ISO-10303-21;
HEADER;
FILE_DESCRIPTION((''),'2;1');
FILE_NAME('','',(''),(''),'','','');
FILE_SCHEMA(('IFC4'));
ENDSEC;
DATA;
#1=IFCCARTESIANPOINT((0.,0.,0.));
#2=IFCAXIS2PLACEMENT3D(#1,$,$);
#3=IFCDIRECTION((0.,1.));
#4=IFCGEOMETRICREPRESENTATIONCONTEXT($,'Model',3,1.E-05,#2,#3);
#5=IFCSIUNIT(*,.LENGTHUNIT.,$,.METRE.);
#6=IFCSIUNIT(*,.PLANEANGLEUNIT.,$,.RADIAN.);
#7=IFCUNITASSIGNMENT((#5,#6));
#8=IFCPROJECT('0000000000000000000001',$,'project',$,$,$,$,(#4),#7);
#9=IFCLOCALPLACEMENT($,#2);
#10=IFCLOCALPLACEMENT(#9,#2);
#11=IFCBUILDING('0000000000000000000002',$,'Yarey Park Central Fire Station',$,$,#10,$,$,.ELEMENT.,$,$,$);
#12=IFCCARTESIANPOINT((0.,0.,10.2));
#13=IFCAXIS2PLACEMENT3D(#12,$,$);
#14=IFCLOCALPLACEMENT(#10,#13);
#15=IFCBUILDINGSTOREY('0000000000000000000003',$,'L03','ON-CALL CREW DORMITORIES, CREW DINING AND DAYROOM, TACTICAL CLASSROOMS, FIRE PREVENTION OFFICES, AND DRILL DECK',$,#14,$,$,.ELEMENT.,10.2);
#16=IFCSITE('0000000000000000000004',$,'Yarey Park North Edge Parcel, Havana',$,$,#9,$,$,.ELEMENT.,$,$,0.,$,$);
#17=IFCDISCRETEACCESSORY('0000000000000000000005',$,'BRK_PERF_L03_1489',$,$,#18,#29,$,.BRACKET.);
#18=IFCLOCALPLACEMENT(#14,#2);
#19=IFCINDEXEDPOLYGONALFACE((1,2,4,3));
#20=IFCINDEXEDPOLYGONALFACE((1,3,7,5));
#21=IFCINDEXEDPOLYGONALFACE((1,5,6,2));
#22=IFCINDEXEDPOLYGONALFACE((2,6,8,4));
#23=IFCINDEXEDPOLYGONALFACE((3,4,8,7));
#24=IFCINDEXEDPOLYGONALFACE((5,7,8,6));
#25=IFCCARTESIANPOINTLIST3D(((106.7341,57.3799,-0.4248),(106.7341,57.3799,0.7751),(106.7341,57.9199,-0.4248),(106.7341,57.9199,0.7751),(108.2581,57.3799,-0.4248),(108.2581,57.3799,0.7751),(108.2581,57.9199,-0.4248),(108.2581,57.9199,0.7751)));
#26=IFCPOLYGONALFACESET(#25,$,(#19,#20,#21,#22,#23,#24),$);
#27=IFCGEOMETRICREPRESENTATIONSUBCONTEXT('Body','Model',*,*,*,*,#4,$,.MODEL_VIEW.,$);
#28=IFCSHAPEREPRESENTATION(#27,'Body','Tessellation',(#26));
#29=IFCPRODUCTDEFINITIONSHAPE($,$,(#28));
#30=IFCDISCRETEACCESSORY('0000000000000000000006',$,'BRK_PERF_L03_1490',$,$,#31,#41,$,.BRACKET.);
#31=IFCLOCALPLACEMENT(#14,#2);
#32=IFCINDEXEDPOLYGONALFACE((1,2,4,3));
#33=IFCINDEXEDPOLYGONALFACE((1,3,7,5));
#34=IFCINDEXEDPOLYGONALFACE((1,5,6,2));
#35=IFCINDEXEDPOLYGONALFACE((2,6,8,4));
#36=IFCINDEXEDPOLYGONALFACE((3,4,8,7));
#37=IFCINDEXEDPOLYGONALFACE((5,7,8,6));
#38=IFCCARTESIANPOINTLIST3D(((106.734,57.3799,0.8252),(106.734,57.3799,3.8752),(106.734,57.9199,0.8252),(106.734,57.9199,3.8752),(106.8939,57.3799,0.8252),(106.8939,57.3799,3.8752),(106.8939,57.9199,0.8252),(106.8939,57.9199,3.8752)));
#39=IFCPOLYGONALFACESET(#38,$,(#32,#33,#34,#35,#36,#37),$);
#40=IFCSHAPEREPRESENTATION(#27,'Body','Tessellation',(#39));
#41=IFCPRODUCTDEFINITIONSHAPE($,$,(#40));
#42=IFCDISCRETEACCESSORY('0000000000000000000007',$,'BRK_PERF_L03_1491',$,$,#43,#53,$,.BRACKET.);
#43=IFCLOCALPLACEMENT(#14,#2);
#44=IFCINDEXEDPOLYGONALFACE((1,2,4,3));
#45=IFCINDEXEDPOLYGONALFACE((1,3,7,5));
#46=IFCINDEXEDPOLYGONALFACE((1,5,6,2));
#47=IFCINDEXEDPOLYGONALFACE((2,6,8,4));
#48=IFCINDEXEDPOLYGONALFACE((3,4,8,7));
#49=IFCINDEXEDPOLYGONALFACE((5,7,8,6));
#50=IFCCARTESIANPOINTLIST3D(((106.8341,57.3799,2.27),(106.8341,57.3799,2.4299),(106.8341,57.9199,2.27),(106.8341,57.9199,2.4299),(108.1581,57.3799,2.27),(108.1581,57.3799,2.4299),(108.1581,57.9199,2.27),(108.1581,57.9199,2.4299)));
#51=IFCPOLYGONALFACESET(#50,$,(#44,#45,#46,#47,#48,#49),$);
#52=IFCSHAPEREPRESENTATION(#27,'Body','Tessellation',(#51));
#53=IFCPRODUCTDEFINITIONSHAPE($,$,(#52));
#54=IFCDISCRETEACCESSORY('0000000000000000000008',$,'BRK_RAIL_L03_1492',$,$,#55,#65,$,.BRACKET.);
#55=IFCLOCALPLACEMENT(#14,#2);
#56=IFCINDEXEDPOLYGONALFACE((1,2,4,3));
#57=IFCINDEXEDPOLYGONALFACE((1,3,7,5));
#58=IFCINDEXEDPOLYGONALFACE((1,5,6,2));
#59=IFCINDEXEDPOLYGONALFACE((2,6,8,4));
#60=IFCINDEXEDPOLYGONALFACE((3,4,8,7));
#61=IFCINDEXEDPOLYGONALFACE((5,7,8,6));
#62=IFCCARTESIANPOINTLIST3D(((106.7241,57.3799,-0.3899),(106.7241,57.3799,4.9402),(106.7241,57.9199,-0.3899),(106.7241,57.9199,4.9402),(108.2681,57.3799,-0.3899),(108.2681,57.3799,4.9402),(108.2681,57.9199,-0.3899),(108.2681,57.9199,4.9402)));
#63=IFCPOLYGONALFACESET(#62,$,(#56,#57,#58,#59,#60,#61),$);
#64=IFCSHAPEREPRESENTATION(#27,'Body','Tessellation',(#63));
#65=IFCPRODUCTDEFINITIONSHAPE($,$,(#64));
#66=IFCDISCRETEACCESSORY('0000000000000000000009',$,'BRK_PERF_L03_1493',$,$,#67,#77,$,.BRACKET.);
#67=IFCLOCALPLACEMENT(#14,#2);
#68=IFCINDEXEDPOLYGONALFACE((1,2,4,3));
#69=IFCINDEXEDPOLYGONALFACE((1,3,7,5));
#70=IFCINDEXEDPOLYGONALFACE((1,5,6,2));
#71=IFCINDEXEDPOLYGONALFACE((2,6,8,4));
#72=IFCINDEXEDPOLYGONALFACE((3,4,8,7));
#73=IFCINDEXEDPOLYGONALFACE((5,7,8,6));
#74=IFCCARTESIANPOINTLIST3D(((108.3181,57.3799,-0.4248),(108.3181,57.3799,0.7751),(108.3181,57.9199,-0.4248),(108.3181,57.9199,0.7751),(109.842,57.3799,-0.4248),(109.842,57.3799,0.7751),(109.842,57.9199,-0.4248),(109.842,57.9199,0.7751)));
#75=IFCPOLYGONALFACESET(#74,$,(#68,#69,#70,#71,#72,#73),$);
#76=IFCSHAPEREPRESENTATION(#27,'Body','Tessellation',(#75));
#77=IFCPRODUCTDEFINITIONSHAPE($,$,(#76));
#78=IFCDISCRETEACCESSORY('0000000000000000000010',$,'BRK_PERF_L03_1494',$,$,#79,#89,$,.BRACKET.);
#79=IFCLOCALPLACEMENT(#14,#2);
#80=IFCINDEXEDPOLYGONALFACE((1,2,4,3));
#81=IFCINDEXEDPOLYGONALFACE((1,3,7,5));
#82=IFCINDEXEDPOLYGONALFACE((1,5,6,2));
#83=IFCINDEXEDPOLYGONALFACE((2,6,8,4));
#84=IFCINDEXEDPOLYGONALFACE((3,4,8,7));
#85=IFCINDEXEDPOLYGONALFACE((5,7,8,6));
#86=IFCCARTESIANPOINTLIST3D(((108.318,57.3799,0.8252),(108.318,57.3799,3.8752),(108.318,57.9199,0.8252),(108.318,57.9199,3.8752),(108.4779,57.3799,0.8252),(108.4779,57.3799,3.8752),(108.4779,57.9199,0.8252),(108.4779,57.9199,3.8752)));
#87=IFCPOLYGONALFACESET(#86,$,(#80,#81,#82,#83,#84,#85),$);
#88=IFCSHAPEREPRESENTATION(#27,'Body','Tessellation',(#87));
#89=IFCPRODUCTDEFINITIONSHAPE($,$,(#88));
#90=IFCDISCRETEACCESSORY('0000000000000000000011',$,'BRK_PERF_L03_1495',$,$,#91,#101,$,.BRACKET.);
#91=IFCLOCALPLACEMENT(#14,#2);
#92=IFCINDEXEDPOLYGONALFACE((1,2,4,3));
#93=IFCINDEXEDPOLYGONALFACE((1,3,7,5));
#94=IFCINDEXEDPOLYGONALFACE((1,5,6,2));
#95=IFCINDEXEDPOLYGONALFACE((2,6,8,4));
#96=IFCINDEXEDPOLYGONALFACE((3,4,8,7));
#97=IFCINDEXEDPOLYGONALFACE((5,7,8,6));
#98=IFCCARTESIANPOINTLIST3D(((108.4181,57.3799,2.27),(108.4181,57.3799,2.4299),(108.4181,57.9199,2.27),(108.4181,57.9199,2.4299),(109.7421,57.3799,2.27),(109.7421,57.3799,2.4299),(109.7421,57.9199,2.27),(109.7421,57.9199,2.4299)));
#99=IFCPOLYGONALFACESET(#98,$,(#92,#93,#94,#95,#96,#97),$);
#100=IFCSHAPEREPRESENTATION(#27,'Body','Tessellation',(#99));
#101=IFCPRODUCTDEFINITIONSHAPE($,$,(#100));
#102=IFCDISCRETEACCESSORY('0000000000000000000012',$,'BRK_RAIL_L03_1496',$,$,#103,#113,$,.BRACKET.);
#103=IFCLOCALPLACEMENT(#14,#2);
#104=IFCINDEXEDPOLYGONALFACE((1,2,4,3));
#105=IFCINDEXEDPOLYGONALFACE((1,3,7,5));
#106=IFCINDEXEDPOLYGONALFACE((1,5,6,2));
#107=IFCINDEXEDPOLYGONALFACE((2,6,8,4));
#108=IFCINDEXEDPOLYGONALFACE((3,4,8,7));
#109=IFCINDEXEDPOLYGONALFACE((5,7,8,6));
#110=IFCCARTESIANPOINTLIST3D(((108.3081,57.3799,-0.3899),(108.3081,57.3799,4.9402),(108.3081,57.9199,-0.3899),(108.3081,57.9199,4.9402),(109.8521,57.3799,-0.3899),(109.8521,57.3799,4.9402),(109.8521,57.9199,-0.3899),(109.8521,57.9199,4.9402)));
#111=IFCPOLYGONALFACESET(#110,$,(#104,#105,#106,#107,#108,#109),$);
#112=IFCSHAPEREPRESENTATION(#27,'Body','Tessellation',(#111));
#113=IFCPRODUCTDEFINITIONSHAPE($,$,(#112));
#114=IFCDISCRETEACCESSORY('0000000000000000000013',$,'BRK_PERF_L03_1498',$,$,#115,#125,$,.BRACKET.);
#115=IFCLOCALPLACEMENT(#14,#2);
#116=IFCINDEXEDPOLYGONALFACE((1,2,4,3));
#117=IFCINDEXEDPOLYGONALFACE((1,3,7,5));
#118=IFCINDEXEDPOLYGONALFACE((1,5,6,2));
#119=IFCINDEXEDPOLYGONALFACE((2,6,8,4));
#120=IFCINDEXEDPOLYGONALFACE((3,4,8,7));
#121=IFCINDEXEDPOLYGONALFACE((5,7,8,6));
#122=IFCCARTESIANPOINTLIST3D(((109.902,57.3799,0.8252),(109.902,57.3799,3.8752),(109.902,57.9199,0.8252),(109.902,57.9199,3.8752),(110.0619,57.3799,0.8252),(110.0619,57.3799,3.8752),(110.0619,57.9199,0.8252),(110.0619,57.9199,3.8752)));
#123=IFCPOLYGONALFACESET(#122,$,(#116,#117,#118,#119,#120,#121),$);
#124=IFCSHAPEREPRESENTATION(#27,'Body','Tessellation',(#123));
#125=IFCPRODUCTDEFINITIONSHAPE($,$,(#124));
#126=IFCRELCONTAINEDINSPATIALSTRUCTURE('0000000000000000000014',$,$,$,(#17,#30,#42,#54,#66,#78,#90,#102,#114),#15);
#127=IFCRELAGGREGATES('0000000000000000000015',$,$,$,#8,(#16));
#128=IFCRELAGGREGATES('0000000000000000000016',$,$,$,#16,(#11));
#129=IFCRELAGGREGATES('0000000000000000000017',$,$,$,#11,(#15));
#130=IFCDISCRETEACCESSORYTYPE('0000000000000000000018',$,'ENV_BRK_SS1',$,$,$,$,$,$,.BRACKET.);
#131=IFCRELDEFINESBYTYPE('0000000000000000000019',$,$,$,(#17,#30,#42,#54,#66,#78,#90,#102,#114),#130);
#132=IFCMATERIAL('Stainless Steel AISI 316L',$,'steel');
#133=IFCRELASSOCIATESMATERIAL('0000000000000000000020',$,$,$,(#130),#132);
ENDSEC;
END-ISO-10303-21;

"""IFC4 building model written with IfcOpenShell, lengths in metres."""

from ifc_helpers import new_model, si_unit, direction, frame, origin, origin_2d, place, context, subcontext, project, spatial, rectangle, extrude, material, type_object, element, save


model = new_model("IFC4")

# Units and contexts
model_context = context("Model", 3, precision=1e-05, world=origin(), true_north=direction((0.0, 1.0)))
body_context = subcontext(model_context, "Body", "Model", "MODEL_VIEW")
ifc_project = project(units=[si_unit("LENGTHUNIT", "METRE"), si_unit("PLANEANGLEUNIT", "RADIAN")], contexts=[model_context])

# Site, building, storey
site_placement = place(None, origin())
site = spatial("IfcSite", under=ifc_project, at=site_placement, Name="Yarey Park North Edge Parcel, Havana", CompositionType="ELEMENT", RefElevation=0.0)
building_placement = place(site_placement, origin())
building = spatial("IfcBuilding", under=site, at=building_placement, Name="Yarey Park Central Fire Station", CompositionType="ELEMENT")
storey_placement = place(building_placement, frame((0.0, 0.0, 10.2)))
storey = spatial("IfcBuildingStorey", under=building, at=storey_placement, Name="L03", Description="ON-CALL CREW DORMITORIES, CREW DINING AND DAYROOM, TACTICAL CLASSROOMS, FIRE PREVENTION OFFICES, AND DRILL DECK", CompositionType="ELEMENT", Elevation=10.2)

# Discrete accessories
ifc_material_1 = material(Name="Stainless Steel AISI 316L", Category="steel")
discrete_accessory_type = type_object("IfcDiscreteAccessoryType", Name="ENV_BRK_SS1", PredefinedType="BRACKET", material=ifc_material_1)
discrete_accessory_1_placement = place(storey_placement, frame((107.4961, 57.6499, -0.4248), z_axis=(0.0, 0.0, 1.0), x_axis=(1.0, 0.0, 0.0)))
element("IfcDiscreteAccessory", 1, at=discrete_accessory_1_placement, inside=storey, type_object=discrete_accessory_type, Name="BRK_PERF_L03_1489", PredefinedType="BRACKET", context=body_context, shape_type="SweptSolid", body=[
    extrude(rectangle(XDim=1.5239, YDim=0.54, at=origin_2d()), origin(), (0.0, 0.0, 1.0), 1.2),
])
discrete_accessory_2_placement = place(storey_placement, frame((106.814, 57.6499, 0.8252), z_axis=(0.0, 0.0, 1.0), x_axis=(1.0, 0.0, 0.0)))
element("IfcDiscreteAccessory", 2, at=discrete_accessory_2_placement, inside=storey, type_object=discrete_accessory_type, Name="BRK_PERF_L03_1490", PredefinedType="BRACKET", context=body_context, shape_type="SweptSolid", body=[
    extrude(rectangle(XDim=0.1599, YDim=0.54, at=origin_2d()), origin(), (0.0, 0.0, 1.0), 3.05),
])
discrete_accessory_3_placement = place(storey_placement, frame((107.4961, 57.6499, 2.27), z_axis=(0.0, 0.0, 1.0), x_axis=(1.0, 0.0, 0.0)))
element("IfcDiscreteAccessory", 3, at=discrete_accessory_3_placement, inside=storey, type_object=discrete_accessory_type, Name="BRK_PERF_L03_1491", PredefinedType="BRACKET", context=body_context, shape_type="SweptSolid", body=[
    extrude(rectangle(XDim=1.324, YDim=0.54, at=origin_2d()), origin(), (0.0, 0.0, 1.0), 0.1599),
])
discrete_accessory_4_placement = place(storey_placement, frame((107.4961, 57.6499, -0.3899), z_axis=(0.0, 0.0, 1.0), x_axis=(1.0, 0.0, 0.0)))
element("IfcDiscreteAccessory", 4, at=discrete_accessory_4_placement, inside=storey, type_object=discrete_accessory_type, Name="BRK_RAIL_L03_1492", PredefinedType="BRACKET", context=body_context, shape_type="SweptSolid", body=[
    extrude(rectangle(XDim=1.5439, YDim=0.54, at=origin_2d()), origin(), (0.0, 0.0, 1.0), 5.3301),
])
discrete_accessory_5_placement = place(storey_placement, frame((109.0801, 57.6499, -0.4248), z_axis=(0.0, 0.0, 1.0), x_axis=(1.0, 0.0, 0.0)))
element("IfcDiscreteAccessory", 5, at=discrete_accessory_5_placement, inside=storey, type_object=discrete_accessory_type, Name="BRK_PERF_L03_1493", PredefinedType="BRACKET", context=body_context, shape_type="SweptSolid", body=[
    extrude(rectangle(XDim=1.5239, YDim=0.54, at=origin_2d()), origin(), (0.0, 0.0, 1.0), 1.2),
])
discrete_accessory_6_placement = place(storey_placement, frame((108.3979, 57.6499, 0.8252), z_axis=(0.0, 0.0, 1.0), x_axis=(1.0, 0.0, 0.0)))
element("IfcDiscreteAccessory", 6, at=discrete_accessory_6_placement, inside=storey, type_object=discrete_accessory_type, Name="BRK_PERF_L03_1494", PredefinedType="BRACKET", context=body_context, shape_type="SweptSolid", body=[
    extrude(rectangle(XDim=0.1599, YDim=0.54, at=origin_2d()), origin(), (0.0, 0.0, 1.0), 3.05),
])
discrete_accessory_7_placement = place(storey_placement, frame((109.0801, 57.6499, 2.27), z_axis=(0.0, 0.0, 1.0), x_axis=(1.0, 0.0, 0.0)))
element("IfcDiscreteAccessory", 7, at=discrete_accessory_7_placement, inside=storey, type_object=discrete_accessory_type, Name="BRK_PERF_L03_1495", PredefinedType="BRACKET", context=body_context, shape_type="SweptSolid", body=[
    extrude(rectangle(XDim=1.324, YDim=0.54, at=origin_2d()), origin(), (0.0, 0.0, 1.0), 0.1599),
])
discrete_accessory_8_placement = place(storey_placement, frame((109.0801, 57.6499, -0.3899), z_axis=(0.0, 0.0, 1.0), x_axis=(1.0, 0.0, 0.0)))
element("IfcDiscreteAccessory", 8, at=discrete_accessory_8_placement, inside=storey, type_object=discrete_accessory_type, Name="BRK_RAIL_L03_1496", PredefinedType="BRACKET", context=body_context, shape_type="SweptSolid", body=[
    extrude(rectangle(XDim=1.5439, YDim=0.54, at=origin_2d()), origin(), (0.0, 0.0, 1.0), 5.3301),
])
discrete_accessory_9_placement = place(storey_placement, frame((109.9819, 57.6499, 0.8252), z_axis=(0.0, 0.0, 1.0), x_axis=(1.0, 0.0, 0.0)))
element("IfcDiscreteAccessory", 9, at=discrete_accessory_9_placement, inside=storey, type_object=discrete_accessory_type, Name="BRK_PERF_L03_1498", PredefinedType="BRACKET", context=body_context, shape_type="SweptSolid", body=[
    extrude(rectangle(XDim=0.1599, YDim=0.54, at=origin_2d()), origin(), (0.0, 0.0, 1.0), 3.05),
])

save(model, "model.ifc")
